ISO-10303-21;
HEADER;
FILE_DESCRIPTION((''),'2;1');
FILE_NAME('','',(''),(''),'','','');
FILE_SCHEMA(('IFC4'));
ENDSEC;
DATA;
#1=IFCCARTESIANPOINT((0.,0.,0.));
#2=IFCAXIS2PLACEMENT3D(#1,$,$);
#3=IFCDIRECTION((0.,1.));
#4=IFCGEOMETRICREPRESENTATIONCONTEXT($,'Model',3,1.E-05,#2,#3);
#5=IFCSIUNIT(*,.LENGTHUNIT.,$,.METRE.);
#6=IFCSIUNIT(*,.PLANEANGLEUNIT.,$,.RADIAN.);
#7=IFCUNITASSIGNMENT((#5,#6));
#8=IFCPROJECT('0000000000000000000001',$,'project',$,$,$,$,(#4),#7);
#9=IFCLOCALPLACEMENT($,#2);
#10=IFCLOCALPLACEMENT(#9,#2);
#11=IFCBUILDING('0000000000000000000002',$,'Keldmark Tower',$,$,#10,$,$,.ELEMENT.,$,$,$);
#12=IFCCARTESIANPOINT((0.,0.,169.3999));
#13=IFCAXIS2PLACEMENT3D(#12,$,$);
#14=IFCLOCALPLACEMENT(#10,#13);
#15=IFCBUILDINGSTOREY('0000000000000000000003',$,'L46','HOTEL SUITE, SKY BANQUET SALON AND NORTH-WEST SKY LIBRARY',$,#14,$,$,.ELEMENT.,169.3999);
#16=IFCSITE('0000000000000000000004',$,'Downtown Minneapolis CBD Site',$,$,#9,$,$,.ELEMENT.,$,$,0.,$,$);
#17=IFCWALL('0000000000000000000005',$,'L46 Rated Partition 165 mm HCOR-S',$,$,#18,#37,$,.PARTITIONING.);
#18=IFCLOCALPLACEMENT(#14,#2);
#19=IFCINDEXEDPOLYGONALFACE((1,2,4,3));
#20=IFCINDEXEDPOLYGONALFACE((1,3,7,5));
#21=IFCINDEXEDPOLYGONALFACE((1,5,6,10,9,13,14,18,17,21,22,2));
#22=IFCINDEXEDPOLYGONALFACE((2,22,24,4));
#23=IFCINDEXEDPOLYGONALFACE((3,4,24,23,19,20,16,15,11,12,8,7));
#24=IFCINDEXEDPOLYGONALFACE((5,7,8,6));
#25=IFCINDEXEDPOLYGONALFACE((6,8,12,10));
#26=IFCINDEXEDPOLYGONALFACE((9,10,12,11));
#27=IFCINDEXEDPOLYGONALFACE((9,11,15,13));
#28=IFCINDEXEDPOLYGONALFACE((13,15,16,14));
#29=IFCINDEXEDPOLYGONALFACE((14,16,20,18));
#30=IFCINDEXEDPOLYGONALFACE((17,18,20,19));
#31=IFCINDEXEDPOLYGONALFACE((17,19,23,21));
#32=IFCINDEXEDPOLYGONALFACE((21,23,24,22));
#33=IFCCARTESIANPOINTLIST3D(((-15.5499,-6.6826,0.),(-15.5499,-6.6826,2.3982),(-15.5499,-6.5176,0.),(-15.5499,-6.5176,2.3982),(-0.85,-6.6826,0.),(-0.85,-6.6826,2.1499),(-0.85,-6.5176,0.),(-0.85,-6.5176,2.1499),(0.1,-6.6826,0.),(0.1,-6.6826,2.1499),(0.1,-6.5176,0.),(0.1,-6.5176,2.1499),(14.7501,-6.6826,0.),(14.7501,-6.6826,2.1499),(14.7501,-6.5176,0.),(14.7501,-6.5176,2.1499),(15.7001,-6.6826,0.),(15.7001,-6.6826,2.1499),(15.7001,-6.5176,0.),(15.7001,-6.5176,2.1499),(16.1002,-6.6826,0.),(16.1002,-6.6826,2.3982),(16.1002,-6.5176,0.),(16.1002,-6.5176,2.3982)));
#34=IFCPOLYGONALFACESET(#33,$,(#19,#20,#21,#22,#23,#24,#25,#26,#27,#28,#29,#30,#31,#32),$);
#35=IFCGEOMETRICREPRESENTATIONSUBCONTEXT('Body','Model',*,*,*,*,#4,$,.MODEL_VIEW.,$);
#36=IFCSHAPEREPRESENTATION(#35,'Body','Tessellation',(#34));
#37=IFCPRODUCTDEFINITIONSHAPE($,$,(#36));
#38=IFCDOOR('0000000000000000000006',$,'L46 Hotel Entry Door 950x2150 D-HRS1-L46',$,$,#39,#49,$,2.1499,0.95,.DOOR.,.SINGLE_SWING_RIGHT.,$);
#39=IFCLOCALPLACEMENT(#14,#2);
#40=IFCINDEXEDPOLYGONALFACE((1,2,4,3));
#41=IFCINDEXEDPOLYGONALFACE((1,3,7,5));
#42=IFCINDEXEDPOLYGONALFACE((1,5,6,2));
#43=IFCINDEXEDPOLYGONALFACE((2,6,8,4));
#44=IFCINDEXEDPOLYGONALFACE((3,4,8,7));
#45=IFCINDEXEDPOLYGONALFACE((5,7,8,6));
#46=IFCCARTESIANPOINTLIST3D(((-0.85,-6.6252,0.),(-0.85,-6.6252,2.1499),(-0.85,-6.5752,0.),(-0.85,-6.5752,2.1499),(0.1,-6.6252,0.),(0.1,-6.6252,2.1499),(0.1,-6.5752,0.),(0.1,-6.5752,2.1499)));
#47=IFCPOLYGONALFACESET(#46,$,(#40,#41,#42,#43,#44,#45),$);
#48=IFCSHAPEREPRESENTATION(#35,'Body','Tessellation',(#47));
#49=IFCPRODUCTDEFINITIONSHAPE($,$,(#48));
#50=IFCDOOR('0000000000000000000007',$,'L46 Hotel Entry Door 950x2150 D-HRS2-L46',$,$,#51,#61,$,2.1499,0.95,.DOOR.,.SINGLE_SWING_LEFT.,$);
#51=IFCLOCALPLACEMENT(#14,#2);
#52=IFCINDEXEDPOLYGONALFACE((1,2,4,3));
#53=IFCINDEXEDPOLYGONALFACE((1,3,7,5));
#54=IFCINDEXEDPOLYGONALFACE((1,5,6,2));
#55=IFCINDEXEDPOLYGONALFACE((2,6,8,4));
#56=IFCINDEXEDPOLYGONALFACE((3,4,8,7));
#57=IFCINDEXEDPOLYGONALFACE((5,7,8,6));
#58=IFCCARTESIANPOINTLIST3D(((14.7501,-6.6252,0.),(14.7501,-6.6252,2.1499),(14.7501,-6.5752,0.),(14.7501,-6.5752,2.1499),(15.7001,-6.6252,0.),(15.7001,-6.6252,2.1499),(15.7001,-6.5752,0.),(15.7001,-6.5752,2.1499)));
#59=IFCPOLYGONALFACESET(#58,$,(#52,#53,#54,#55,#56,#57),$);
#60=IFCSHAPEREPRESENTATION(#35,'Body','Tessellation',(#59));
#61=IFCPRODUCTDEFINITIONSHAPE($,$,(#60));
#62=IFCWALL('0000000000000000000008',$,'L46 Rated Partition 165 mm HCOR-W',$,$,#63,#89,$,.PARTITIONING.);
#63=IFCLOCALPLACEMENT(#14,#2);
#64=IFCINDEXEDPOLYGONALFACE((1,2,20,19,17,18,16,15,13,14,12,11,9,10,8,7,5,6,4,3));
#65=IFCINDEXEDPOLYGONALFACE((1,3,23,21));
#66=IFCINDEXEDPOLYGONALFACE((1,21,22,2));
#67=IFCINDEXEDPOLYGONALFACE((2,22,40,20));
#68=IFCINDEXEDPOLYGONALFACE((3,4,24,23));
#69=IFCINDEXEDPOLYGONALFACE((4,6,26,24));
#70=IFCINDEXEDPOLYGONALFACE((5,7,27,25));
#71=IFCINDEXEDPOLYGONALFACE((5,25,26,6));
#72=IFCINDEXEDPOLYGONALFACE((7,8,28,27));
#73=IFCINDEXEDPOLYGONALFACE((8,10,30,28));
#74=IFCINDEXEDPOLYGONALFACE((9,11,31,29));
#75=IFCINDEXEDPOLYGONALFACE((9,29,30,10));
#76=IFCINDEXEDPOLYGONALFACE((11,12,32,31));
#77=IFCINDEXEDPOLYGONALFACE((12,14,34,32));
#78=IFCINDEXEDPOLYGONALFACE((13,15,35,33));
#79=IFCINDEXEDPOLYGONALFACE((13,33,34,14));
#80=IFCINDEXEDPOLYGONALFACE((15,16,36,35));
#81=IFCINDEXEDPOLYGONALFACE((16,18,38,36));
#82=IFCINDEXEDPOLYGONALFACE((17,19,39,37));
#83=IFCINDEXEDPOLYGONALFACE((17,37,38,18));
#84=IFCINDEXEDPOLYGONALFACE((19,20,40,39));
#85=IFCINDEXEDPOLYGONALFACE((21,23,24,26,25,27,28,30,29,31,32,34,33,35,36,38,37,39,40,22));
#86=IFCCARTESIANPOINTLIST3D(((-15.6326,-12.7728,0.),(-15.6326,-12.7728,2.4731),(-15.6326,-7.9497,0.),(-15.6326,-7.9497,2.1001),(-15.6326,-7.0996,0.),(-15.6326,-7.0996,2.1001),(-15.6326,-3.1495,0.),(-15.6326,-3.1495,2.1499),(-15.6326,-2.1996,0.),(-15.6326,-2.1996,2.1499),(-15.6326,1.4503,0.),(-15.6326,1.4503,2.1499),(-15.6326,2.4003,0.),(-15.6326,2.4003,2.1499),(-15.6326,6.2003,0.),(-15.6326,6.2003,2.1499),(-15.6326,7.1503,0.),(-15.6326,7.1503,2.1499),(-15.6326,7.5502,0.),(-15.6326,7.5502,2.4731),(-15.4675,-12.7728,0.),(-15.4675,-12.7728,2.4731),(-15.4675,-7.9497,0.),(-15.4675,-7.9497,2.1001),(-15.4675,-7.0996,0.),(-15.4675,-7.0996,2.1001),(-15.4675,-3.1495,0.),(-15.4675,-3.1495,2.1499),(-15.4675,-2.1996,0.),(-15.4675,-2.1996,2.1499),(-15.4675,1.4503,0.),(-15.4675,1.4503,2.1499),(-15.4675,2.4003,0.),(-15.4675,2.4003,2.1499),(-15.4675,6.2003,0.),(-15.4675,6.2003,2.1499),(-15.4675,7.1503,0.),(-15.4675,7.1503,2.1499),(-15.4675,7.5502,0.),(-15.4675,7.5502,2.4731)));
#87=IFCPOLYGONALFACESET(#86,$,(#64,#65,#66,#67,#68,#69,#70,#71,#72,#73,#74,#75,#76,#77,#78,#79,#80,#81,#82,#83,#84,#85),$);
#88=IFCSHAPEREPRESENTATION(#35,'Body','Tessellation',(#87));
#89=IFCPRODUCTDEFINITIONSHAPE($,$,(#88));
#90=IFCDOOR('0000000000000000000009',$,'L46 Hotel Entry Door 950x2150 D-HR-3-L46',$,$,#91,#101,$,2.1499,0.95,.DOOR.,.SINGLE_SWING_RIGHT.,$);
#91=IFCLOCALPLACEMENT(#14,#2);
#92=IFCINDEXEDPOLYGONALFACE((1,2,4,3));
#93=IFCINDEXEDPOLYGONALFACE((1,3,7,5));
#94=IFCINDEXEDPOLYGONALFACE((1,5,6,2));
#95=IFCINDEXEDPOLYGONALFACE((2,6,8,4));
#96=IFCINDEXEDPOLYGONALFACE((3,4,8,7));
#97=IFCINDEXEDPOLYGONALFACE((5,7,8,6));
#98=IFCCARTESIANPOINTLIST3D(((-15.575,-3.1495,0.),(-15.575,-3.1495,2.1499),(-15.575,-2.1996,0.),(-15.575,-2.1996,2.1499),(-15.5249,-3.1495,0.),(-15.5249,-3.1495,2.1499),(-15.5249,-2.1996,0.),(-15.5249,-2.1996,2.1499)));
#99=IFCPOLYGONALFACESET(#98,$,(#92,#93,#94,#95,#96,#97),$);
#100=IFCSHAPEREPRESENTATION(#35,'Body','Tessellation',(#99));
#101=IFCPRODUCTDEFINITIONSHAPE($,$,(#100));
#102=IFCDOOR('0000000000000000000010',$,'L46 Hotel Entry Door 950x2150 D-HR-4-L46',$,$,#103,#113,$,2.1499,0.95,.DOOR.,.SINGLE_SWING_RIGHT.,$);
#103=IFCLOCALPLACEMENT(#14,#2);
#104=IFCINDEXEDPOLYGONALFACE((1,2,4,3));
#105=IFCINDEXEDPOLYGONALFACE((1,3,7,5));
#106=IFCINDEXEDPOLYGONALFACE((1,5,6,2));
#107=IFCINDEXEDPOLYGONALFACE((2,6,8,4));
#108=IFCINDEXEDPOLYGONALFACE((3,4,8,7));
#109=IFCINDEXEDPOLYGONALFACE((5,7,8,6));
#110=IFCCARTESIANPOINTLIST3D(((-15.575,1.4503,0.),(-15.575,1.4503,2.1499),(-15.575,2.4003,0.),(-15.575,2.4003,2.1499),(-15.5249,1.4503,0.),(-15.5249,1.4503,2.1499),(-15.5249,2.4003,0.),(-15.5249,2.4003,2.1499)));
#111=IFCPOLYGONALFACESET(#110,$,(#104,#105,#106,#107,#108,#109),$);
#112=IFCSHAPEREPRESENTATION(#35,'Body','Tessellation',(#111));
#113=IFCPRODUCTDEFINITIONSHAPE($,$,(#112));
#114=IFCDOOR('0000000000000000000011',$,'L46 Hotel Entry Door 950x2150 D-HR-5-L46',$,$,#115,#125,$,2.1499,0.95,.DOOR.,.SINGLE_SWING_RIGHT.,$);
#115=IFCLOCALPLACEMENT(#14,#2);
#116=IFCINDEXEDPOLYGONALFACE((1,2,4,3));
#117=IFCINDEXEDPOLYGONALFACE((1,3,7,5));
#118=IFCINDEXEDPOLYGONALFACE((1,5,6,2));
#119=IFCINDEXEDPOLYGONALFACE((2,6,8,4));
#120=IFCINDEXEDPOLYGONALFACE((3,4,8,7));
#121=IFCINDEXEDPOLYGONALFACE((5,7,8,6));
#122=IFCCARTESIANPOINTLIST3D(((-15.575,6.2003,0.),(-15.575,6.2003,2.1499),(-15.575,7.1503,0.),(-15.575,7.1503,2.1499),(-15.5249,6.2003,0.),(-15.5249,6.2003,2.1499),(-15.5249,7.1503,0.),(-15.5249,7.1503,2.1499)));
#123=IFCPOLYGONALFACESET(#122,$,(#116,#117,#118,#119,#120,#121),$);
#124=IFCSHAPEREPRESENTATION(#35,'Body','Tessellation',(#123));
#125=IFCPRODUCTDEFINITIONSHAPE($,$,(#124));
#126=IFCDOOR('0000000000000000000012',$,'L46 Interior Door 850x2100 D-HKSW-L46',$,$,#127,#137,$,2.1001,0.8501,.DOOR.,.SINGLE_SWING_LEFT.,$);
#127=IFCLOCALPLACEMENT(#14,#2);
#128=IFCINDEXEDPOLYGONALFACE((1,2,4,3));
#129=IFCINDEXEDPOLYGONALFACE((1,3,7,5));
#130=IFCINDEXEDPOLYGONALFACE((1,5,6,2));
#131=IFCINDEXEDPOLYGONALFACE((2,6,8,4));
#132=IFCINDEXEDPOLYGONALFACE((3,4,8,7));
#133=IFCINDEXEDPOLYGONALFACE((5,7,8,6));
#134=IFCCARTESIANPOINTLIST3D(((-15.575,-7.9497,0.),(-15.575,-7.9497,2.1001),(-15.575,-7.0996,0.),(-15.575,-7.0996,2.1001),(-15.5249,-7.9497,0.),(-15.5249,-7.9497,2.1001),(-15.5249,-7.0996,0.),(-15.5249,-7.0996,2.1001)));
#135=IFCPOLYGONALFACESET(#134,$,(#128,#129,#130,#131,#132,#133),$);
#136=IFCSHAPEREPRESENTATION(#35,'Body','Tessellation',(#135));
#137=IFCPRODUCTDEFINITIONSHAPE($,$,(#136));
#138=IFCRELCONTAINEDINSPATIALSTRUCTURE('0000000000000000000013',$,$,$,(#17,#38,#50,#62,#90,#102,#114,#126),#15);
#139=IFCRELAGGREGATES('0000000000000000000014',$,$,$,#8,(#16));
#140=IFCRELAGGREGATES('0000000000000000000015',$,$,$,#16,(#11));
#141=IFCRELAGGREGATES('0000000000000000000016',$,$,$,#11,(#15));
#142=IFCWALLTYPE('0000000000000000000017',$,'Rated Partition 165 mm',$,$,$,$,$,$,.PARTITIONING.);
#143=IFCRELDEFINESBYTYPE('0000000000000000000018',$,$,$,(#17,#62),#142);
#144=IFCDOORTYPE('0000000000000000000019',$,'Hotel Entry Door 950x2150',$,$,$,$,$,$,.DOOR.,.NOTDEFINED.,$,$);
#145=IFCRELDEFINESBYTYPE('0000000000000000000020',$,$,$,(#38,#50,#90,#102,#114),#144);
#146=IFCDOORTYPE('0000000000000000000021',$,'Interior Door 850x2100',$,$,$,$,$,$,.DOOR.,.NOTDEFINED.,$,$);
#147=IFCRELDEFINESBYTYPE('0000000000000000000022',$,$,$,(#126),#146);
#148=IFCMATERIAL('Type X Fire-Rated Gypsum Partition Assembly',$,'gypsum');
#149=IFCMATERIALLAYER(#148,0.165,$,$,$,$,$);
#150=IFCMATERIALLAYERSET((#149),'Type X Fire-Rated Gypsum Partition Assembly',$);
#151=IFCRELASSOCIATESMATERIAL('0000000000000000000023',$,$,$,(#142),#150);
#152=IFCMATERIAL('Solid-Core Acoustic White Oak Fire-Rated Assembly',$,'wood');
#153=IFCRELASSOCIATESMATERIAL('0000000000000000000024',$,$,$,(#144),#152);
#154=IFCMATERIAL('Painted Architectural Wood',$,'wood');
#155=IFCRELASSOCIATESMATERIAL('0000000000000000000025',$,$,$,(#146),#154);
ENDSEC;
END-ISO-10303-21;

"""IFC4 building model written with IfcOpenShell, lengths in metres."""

from ifc_helpers import new_model, si_unit, direction, frame, frame_2d, origin, place, context, subcontext, project, spatial, rectangle, extrude, material, layer, layer_set, type_object, element, fill, save


model = new_model("IFC4")

# Units and contexts
model_context = context("Model", 3, precision=1e-05, world=origin(), true_north=direction((0.0, 1.0)))
body_context = subcontext(model_context, "Body", "Model", "MODEL_VIEW")
ifc_project = project(units=[si_unit("LENGTHUNIT", "METRE"), si_unit("PLANEANGLEUNIT", "RADIAN")], contexts=[model_context])

# Site, building, storey
site_placement = place(None, origin())
site = spatial("IfcSite", under=ifc_project, at=site_placement, Name="Downtown Minneapolis CBD Site", CompositionType="ELEMENT", RefElevation=0.0)
building_placement = place(site_placement, origin())
building = spatial("IfcBuilding", under=site, at=building_placement, Name="Keldmark Tower", CompositionType="ELEMENT")
storey_placement = place(building_placement, frame((0.0, 0.0, 169.3999)))
storey = spatial("IfcBuildingStorey", under=building, at=storey_placement, Name="L46", Description="HOTEL SUITE, SKY BANQUET SALON AND NORTH-WEST SKY LIBRARY", CompositionType="ELEMENT", Elevation=169.3999)

# Walls, openings, doors
ifc_material_1 = material(Name="Type X Fire-Rated Gypsum Partition Assembly", Category="gypsum")
ifc_layer_1 = layer(ifc_material_1, 0.165)
ifc_layer_set_1 = layer_set([ifc_layer_1], Name="Type X Fire-Rated Gypsum Partition Assembly")
wall_type_1 = type_object("IfcWallType", Name="Rated Partition 165 mm", PredefinedType="PARTITIONING", material=ifc_layer_set_1)
wall_1_placement = place(storey_placement, frame((-15.55, -6.6001, 0.0), z_axis=(0.0, 0.0, 1.0), x_axis=(1.0, 0.0, 0.0)))
wall_1 = element("IfcWall", 1, at=wall_1_placement, inside=storey, type_object=wall_type_1, Name="L46 Rated Partition 165 mm HCOR-S", PredefinedType="PARTITIONING", context=body_context, shape_type="SweptSolid", body=[
    extrude(rectangle(XDim=31.6501, YDim=0.165, at=frame_2d((15.8252, 0.0))), origin(), (0.0, 0.0, 1.0), 2.3982),
])
opening_1_placement = place(wall_1_placement, frame((14.7, 0.0, 0.0)))
opening_1 = element("IfcOpeningElement", 2, at=opening_1_placement, cuts=wall_1, PredefinedType="OPENING", context=body_context, shape_type="SweptSolid", body=[
    extrude(rectangle(XDim=0.95, YDim=2.1499, at=frame_2d((0.4751, 1.075))), frame((0.0, 0.0925, 0.0), z_axis=(0.0, -1.0, 0.0), x_axis=(1.0, 0.0, 0.0)), (0.0, 0.0, 1.0), 0.1851),
])
opening_2_placement = place(wall_1_placement, frame((30.3, 0.0, 0.0)))
opening_2 = element("IfcOpeningElement", 3, at=opening_2_placement, cuts=wall_1, PredefinedType="OPENING", context=body_context, shape_type="SweptSolid", body=[
    extrude(rectangle(XDim=0.95, YDim=2.1499, at=frame_2d((0.4751, 1.075))), frame((0.0, 0.0925, 0.0), z_axis=(0.0, -1.0, 0.0), x_axis=(1.0, 0.0, 0.0)), (0.0, 0.0, 1.0), 0.1851),
])
ifc_material_2 = material(Name="Solid-Core Acoustic White Oak Fire-Rated Assembly", Category="wood")
door_type_1 = type_object("IfcDoorType", Name="Hotel Entry Door 950x2150", OperationType="NOTDEFINED", PredefinedType="DOOR", material=ifc_material_2)
door_1_placement = place(opening_1_placement, origin())
door_1 = element("IfcDoor", 4, at=door_1_placement, inside=storey, type_object=door_type_1, Name="L46 Hotel Entry Door 950x2150 D-HRS1-L46", OperationType="SINGLE_SWING_RIGHT", OverallHeight=2.1499, OverallWidth=0.95, PredefinedType="DOOR", context=body_context, shape_type="SweptSolid", body=[
    extrude(rectangle(XDim=0.95, YDim=2.1499, at=frame_2d((0.4751, 1.075))), frame((0.0, 0.0249, 0.0), z_axis=(0.0, -1.0, 0.0), x_axis=(1.0, 0.0, 0.0)), (0.0, 0.0, 1.0), 0.05),
])
fill(opening_1, door_1)
door_2_placement = place(opening_2_placement, origin())
door_2 = element("IfcDoor", 5, at=door_2_placement, inside=storey, type_object=door_type_1, Name="L46 Hotel Entry Door 950x2150 D-HRS2-L46", OperationType="SINGLE_SWING_LEFT", OverallHeight=2.1499, OverallWidth=0.95, PredefinedType="DOOR", context=body_context, shape_type="SweptSolid", body=[
    extrude(rectangle(XDim=0.95, YDim=2.1499, at=frame_2d((0.4751, 1.075))), frame((0.0, 0.0249, 0.0), z_axis=(0.0, -1.0, 0.0), x_axis=(1.0, 0.0, 0.0)), (0.0, 0.0, 1.0), 0.05),
])
fill(opening_2, door_2)
wall_2_placement = place(storey_placement, frame((-15.55, -12.7729, 0.0), z_axis=(0.0, 0.0, 1.0), x_axis=(0.0, 1.0, 0.0)))
wall_2 = element("IfcWall", 6, at=wall_2_placement, inside=storey, type_object=wall_type_1, Name="L46 Rated Partition 165 mm HCOR-W", PredefinedType="PARTITIONING", context=body_context, shape_type="SweptSolid", body=[
    extrude(rectangle(XDim=20.323, YDim=0.165, at=frame_2d((10.1616, 0.0))), origin(), (0.0, 0.0, 1.0), 2.4731),
])
opening_3_placement = place(wall_2_placement, frame((4.8232, 0.0, 0.0)))
opening_3 = element("IfcOpeningElement", 7, at=opening_3_placement, cuts=wall_2, PredefinedType="OPENING", context=body_context, shape_type="SweptSolid", body=[
    extrude(rectangle(XDim=0.8501, YDim=2.1001, at=frame_2d((0.425, 1.05))), frame((0.0, 0.0925, 0.0), z_axis=(0.0, -1.0, 0.0), x_axis=(1.0, 0.0, 0.0)), (0.0, 0.0, 1.0), 0.1851),
])
opening_4_placement = place(wall_2_placement, frame((9.6233, 0.0, 0.0)))
opening_4 = element("IfcOpeningElement", 8, at=opening_4_placement, cuts=wall_2, PredefinedType="OPENING", context=body_context, shape_type="SweptSolid", body=[
    extrude(rectangle(XDim=0.95, YDim=2.1499, at=frame_2d((0.4751, 1.075))), frame((0.0, 0.0925, 0.0), z_axis=(0.0, -1.0, 0.0), x_axis=(1.0, 0.0, 0.0)), (0.0, 0.0, 1.0), 0.1851),
])
opening_5_placement = place(wall_2_placement, frame((14.2231, 0.0, 0.0)))
opening_5 = element("IfcOpeningElement", 9, at=opening_5_placement, cuts=wall_2, PredefinedType="OPENING", context=body_context, shape_type="SweptSolid", body=[
    extrude(rectangle(XDim=0.95, YDim=2.1499, at=frame_2d((0.4751, 1.075))), frame((0.0, 0.0925, 0.0), z_axis=(0.0, -1.0, 0.0), x_axis=(1.0, 0.0, 0.0)), (0.0, 0.0, 1.0), 0.1851),
])
opening_6_placement = place(wall_2_placement, frame((18.9731, 0.0, 0.0)))
opening_6 = element("IfcOpeningElement", 10, at=opening_6_placement, cuts=wall_2, PredefinedType="OPENING", context=body_context, shape_type="SweptSolid", body=[
    extrude(rectangle(XDim=0.95, YDim=2.1499, at=frame_2d((0.4751, 1.075))), frame((0.0, 0.0925, 0.0), z_axis=(0.0, -1.0, 0.0), x_axis=(1.0, 0.0, 0.0)), (0.0, 0.0, 1.0), 0.1851),
])
door_3_placement = place(opening_4_placement, origin())
door_3 = element("IfcDoor", 11, at=door_3_placement, inside=storey, type_object=door_type_1, Name="L46 Hotel Entry Door 950x2150 D-HR-3-L46", OperationType="SINGLE_SWING_RIGHT", OverallHeight=2.1499, OverallWidth=0.95, PredefinedType="DOOR", context=body_context, shape_type="SweptSolid", body=[
    extrude(rectangle(XDim=0.95, YDim=2.1499, at=frame_2d((0.4751, 1.075))), frame((0.0, 0.0249, 0.0), z_axis=(0.0, -1.0, 0.0), x_axis=(1.0, 0.0, 0.0)), (0.0, 0.0, 1.0), 0.05),
])
fill(opening_4, door_3)
door_4_placement = place(opening_5_placement, origin())
door_4 = element("IfcDoor", 12, at=door_4_placement, inside=storey, type_object=door_type_1, Name="L46 Hotel Entry Door 950x2150 D-HR-4-L46", OperationType="SINGLE_SWING_RIGHT", OverallHeight=2.1499, OverallWidth=0.95, PredefinedType="DOOR", context=body_context, shape_type="SweptSolid", body=[
    extrude(rectangle(XDim=0.95, YDim=2.1499, at=frame_2d((0.4751, 1.075))), frame((0.0, 0.0249, 0.0), z_axis=(0.0, -1.0, 0.0), x_axis=(1.0, 0.0, 0.0)), (0.0, 0.0, 1.0), 0.05),
])
fill(opening_5, door_4)
door_5_placement = place(opening_6_placement, origin())
door_5 = element("IfcDoor", 13, at=door_5_placement, inside=storey, type_object=door_type_1, Name="L46 Hotel Entry Door 950x2150 D-HR-5-L46", OperationType="SINGLE_SWING_RIGHT", OverallHeight=2.1499, OverallWidth=0.95, PredefinedType="DOOR", context=body_context, shape_type="SweptSolid", body=[
    extrude(rectangle(XDim=0.95, YDim=2.1499, at=frame_2d((0.4751, 1.075))), frame((0.0, 0.0249, 0.0), z_axis=(0.0, -1.0, 0.0), x_axis=(1.0, 0.0, 0.0)), (0.0, 0.0, 1.0), 0.05),
])
fill(opening_6, door_5)
ifc_material_3 = material(Name="Painted Architectural Wood", Category="wood")
door_type_2 = type_object("IfcDoorType", Name="Interior Door 850x2100", OperationType="NOTDEFINED", PredefinedType="DOOR", material=ifc_material_3)
door_6_placement = place(opening_3_placement, origin())
door_6 = element("IfcDoor", 14, at=door_6_placement, inside=storey, type_object=door_type_2, Name="L46 Interior Door 850x2100 D-HKSW-L46", OperationType="SINGLE_SWING_LEFT", OverallHeight=2.1001, OverallWidth=0.8501, PredefinedType="DOOR", context=body_context, shape_type="SweptSolid", body=[
    extrude(rectangle(XDim=0.8501, YDim=2.1001, at=frame_2d((0.425, 1.05))), frame((0.0, 0.0249, 0.0), z_axis=(0.0, -1.0, 0.0), x_axis=(1.0, 0.0, 0.0)), (0.0, 0.0, 1.0), 0.05),
])
fill(opening_3, door_6)

save(model, "model.ifc")
